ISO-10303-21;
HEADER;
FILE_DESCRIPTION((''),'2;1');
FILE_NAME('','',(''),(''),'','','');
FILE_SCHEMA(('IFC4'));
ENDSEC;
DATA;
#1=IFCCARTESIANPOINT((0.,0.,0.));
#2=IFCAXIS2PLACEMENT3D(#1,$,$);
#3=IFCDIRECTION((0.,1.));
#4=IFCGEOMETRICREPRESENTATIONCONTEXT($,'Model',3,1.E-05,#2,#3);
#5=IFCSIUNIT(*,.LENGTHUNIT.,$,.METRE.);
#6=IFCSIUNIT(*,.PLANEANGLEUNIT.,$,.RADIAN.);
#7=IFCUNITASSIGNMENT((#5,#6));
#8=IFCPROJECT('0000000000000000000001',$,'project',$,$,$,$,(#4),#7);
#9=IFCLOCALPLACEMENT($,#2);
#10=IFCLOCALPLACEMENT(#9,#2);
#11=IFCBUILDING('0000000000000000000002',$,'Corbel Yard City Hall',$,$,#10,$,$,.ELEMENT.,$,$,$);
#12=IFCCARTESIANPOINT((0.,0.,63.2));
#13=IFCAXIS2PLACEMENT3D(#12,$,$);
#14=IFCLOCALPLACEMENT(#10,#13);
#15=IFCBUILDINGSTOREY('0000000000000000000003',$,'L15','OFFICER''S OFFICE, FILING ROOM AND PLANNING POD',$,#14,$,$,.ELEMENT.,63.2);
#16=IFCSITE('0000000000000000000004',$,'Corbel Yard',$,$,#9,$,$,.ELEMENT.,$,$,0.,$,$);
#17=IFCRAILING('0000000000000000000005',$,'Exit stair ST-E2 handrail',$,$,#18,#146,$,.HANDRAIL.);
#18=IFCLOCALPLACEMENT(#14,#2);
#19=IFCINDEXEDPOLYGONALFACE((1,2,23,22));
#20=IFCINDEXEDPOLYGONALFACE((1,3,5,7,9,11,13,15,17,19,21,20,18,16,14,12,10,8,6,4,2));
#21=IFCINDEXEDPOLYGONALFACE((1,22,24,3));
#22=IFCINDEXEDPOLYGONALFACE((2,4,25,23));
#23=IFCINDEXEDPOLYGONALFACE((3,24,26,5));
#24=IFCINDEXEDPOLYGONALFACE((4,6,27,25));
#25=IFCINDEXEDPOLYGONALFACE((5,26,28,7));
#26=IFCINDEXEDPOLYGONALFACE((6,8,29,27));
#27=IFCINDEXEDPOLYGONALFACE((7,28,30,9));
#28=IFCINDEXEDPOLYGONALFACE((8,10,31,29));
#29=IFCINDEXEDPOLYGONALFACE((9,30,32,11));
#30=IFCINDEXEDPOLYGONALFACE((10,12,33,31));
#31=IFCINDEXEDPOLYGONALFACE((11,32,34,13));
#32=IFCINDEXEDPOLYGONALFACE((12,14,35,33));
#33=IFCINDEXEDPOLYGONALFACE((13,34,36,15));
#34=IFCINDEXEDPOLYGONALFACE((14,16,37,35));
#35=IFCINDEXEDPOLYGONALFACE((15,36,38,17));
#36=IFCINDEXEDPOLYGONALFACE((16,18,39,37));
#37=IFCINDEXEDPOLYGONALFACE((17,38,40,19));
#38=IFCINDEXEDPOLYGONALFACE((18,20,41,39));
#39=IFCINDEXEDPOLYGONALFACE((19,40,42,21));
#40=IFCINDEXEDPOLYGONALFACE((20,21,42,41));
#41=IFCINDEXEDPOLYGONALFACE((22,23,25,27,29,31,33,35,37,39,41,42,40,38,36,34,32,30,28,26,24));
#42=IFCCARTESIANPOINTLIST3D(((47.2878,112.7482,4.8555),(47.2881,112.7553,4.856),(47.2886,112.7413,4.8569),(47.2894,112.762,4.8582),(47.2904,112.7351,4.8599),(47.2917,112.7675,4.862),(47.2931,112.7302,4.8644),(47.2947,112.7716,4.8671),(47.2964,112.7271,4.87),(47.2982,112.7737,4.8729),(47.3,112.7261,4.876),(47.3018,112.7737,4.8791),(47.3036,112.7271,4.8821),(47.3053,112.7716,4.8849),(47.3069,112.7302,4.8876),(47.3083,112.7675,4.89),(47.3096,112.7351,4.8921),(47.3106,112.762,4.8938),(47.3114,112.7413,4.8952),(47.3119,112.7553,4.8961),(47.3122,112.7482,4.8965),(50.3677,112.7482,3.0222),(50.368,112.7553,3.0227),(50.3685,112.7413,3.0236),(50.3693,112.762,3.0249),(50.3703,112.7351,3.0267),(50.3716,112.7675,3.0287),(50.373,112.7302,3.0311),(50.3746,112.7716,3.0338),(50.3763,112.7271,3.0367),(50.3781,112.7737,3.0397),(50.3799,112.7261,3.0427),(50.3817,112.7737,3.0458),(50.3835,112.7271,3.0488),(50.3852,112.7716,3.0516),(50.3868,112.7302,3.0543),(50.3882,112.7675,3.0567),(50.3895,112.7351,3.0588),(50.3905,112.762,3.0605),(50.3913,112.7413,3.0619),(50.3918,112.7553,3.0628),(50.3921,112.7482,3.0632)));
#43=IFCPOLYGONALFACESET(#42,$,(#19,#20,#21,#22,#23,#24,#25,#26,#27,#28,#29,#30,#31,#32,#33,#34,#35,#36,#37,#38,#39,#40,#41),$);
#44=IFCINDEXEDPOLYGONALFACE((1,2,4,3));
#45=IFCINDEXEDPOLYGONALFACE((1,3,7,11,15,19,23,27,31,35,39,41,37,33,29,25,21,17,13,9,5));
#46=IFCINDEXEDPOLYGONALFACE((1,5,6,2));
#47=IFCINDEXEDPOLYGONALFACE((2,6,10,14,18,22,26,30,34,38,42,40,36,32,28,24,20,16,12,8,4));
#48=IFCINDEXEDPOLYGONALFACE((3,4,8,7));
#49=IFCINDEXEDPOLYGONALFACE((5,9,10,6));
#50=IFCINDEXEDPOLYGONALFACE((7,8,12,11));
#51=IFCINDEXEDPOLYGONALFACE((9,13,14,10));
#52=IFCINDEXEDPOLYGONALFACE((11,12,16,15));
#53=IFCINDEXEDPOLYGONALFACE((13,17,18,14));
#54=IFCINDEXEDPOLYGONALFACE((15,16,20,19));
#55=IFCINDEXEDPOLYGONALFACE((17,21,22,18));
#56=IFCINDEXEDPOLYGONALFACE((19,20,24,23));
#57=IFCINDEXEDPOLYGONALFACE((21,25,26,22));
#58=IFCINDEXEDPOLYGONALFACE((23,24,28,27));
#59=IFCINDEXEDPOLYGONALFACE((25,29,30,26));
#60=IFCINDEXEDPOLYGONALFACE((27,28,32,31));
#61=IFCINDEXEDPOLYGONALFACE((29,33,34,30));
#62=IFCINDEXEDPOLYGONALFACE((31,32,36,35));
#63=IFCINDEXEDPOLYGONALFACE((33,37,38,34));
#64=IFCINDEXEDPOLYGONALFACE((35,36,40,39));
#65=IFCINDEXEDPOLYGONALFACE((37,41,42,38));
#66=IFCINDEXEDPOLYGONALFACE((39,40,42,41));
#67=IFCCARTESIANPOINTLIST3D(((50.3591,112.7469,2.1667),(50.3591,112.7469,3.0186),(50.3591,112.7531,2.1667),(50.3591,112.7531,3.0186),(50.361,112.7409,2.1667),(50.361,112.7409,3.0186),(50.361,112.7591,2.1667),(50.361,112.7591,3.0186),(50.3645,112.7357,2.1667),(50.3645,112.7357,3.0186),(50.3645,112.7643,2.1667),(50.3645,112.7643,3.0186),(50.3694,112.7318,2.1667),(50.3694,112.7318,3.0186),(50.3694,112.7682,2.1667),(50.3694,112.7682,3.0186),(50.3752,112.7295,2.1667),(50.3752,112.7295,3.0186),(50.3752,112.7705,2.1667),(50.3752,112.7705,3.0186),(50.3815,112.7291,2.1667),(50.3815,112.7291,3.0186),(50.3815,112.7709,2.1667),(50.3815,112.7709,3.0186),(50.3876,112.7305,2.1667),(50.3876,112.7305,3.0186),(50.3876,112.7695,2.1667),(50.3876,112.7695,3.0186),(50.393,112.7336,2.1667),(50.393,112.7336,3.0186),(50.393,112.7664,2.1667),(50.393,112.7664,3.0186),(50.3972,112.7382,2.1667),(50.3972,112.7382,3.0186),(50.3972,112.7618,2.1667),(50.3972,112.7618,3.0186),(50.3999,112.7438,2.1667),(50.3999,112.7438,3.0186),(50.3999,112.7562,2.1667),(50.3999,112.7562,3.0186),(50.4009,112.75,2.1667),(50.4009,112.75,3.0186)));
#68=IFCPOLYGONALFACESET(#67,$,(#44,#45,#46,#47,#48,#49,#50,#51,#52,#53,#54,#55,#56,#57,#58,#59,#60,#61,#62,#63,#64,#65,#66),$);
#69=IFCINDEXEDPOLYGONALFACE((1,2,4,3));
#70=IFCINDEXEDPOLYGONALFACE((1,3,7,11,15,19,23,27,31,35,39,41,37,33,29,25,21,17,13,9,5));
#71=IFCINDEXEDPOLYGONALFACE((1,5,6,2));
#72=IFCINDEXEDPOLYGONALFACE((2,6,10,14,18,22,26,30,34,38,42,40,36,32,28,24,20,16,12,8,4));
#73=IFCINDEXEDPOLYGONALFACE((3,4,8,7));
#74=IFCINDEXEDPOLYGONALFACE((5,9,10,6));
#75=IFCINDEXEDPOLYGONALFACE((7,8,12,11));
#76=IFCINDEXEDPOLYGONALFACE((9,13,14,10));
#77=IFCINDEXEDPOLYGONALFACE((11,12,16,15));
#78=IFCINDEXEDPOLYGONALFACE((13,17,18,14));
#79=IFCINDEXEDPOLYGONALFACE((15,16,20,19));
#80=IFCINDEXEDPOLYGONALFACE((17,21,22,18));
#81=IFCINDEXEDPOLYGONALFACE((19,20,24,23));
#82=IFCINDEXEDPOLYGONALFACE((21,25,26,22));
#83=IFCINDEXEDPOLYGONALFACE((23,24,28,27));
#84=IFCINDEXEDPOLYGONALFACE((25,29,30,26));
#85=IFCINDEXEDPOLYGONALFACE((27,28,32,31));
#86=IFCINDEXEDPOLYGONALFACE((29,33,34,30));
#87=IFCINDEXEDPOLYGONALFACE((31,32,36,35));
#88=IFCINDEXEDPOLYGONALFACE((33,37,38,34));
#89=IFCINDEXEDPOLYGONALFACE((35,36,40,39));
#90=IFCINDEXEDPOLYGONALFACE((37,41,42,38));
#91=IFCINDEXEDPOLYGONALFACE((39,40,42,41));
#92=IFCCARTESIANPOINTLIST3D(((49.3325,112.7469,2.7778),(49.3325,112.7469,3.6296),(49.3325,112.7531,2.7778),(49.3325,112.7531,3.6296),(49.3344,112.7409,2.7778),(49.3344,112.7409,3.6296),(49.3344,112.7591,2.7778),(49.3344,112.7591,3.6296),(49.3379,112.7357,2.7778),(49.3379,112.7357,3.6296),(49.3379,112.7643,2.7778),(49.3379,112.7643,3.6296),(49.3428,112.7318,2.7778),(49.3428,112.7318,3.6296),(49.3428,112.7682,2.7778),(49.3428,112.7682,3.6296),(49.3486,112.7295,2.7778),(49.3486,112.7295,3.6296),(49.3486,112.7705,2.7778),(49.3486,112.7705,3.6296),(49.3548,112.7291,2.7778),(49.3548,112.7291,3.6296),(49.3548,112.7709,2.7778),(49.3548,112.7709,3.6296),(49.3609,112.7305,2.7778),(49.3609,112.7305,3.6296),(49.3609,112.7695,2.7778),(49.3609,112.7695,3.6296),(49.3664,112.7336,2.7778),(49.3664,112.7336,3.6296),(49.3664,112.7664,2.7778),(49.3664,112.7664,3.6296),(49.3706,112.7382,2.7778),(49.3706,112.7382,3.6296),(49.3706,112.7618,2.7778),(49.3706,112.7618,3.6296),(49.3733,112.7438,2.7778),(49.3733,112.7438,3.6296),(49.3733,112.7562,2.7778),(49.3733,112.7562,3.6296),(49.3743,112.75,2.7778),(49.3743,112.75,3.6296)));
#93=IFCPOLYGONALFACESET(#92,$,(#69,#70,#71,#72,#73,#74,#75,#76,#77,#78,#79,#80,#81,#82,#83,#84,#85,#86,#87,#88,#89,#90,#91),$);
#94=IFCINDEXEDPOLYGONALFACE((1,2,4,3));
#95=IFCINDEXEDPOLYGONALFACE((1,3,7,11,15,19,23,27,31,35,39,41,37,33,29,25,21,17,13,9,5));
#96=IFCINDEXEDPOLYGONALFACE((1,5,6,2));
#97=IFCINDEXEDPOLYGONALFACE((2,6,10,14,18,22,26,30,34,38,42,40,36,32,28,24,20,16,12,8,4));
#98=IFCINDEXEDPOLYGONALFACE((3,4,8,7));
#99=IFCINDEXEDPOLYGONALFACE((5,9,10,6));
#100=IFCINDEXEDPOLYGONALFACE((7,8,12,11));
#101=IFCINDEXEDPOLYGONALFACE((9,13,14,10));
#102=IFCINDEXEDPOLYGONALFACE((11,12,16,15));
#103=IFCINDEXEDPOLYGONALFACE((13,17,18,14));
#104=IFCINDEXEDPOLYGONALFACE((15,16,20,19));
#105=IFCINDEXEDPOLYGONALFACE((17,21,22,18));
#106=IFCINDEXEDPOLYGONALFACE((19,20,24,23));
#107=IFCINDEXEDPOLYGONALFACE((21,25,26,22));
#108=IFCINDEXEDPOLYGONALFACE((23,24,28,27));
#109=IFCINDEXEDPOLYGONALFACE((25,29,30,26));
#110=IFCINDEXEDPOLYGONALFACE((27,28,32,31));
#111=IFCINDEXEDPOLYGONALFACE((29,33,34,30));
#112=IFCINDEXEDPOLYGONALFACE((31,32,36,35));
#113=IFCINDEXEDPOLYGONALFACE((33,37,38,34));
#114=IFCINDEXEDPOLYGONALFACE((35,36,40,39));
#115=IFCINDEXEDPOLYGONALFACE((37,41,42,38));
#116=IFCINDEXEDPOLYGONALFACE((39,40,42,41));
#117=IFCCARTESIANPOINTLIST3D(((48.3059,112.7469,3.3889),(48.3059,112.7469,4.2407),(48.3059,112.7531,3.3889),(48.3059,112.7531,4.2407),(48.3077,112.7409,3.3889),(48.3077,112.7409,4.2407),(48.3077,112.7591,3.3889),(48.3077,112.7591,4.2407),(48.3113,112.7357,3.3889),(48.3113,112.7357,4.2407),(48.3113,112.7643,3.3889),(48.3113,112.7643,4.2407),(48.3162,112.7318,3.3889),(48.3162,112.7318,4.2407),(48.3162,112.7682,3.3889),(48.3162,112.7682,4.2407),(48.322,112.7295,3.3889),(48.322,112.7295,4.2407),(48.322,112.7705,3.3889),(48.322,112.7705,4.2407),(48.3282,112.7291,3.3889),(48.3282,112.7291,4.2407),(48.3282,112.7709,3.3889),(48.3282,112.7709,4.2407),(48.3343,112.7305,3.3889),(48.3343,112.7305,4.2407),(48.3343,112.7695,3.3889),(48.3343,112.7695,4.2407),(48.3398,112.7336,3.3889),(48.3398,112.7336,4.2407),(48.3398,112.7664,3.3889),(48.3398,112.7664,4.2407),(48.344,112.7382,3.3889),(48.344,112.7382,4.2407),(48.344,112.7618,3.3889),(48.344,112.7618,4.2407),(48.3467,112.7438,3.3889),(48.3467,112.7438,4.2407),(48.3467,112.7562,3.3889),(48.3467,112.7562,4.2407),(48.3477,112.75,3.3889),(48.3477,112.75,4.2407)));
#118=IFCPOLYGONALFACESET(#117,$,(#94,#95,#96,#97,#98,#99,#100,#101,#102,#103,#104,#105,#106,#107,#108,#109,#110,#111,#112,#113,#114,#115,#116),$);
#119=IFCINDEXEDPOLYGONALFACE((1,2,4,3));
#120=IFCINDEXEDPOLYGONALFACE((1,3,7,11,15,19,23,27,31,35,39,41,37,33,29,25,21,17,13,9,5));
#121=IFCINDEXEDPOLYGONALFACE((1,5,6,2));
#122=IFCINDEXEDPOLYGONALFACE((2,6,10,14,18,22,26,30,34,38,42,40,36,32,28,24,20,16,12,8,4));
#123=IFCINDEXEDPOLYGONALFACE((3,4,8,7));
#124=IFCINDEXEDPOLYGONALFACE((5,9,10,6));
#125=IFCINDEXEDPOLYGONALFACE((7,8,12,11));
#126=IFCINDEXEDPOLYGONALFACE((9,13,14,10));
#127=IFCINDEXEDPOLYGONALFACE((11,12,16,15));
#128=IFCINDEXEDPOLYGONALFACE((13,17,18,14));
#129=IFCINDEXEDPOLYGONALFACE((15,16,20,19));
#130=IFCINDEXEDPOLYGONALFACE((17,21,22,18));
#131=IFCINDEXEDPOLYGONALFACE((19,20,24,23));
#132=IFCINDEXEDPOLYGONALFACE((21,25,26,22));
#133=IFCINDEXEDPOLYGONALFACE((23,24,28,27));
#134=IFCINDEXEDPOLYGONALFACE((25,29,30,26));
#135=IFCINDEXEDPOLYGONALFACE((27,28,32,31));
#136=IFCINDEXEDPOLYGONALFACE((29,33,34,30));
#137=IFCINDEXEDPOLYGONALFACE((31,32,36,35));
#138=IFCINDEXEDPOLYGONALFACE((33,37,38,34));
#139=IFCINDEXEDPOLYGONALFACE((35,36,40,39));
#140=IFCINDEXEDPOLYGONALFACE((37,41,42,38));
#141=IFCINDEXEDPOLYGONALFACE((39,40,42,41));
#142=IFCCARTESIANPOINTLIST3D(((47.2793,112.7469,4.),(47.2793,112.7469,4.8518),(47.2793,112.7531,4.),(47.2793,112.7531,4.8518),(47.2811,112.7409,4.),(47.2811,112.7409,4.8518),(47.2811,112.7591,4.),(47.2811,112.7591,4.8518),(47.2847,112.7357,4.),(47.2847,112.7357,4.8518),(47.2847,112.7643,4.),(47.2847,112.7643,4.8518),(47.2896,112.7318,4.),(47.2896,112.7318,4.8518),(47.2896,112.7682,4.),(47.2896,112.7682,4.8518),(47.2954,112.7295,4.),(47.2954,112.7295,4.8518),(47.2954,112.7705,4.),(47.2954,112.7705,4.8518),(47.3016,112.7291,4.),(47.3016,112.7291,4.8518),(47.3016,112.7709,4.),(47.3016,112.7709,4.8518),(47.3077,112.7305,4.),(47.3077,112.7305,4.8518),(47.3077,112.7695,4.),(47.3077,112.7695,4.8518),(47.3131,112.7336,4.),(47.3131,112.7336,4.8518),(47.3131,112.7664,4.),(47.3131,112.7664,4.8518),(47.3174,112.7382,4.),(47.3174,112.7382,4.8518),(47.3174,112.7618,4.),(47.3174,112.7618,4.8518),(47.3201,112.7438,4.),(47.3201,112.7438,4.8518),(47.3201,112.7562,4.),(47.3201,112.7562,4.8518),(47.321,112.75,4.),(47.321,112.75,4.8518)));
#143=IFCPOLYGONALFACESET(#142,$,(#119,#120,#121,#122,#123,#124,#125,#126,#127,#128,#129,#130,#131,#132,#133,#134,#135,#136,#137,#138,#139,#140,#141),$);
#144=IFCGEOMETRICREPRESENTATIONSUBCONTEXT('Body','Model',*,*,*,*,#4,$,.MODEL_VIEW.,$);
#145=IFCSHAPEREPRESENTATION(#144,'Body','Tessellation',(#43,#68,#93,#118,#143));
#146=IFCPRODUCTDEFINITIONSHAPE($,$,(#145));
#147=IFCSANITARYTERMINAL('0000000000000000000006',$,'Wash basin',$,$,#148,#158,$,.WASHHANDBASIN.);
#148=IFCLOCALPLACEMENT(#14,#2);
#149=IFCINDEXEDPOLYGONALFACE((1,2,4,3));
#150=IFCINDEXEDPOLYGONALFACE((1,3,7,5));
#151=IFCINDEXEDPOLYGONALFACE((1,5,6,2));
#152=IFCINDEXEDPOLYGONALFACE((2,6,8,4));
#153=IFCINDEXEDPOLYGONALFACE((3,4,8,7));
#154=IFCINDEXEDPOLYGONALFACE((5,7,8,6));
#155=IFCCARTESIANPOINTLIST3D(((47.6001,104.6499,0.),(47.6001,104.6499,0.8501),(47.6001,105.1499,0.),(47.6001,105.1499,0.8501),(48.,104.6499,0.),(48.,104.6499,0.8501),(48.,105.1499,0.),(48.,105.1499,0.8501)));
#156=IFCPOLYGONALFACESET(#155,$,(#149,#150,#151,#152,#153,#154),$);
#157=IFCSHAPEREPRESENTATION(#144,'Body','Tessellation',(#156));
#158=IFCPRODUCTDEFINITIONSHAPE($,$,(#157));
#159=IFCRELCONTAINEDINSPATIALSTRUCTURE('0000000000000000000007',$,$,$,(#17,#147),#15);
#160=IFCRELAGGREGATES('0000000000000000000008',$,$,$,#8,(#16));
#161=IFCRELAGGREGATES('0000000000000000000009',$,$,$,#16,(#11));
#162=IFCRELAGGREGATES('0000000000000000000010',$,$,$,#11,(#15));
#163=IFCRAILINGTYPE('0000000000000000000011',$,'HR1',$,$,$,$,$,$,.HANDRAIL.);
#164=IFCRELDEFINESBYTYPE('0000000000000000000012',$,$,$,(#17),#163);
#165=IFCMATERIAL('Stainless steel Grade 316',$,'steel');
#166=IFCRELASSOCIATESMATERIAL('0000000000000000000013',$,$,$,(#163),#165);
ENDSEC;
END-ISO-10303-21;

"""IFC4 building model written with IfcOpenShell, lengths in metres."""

from ifc_helpers import new_model, si_unit, direction, frame, origin, origin_2d, place, context, subcontext, project, spatial, rectangle, circle, extrude, material, type_object, element, save


model = new_model("IFC4")

# Units and contexts
model_context = context("Model", 3, precision=1e-05, world=origin(), true_north=direction((0.0, 1.0)))
body_context = subcontext(model_context, "Body", "Model", "MODEL_VIEW")
ifc_project = project(units=[si_unit("LENGTHUNIT", "METRE"), si_unit("PLANEANGLEUNIT", "RADIAN")], contexts=[model_context])

# Site, building, storey
site_placement = place(None, origin())
site = spatial("IfcSite", under=ifc_project, at=site_placement, Name="Corbel Yard", CompositionType="ELEMENT", RefElevation=0.0)
building_placement = place(site_placement, origin())
building = spatial("IfcBuilding", under=site, at=building_placement, Name="Corbel Yard City Hall", CompositionType="ELEMENT")
storey_placement = place(building_placement, frame((0.0, 0.0, 63.2)))
storey = spatial("IfcBuildingStorey", under=building, at=storey_placement, Name="L15", Description="OFFICER'S OFFICE, FILING ROOM AND PLANNING POD", CompositionType="ELEMENT", Elevation=63.2)

# Shared definitions
ifc_material_1 = material(Name="Stainless steel Grade 316", Category="steel")

# Railing
railing_type = type_object("IfcRailingType", Name="HR1", PredefinedType="HANDRAIL", material=ifc_material_1)
for number, where, name in (
    (1, (50.3799, 112.75, 2.1667), "Exit stair ST-E2 handrail"),
):
    element("IfcRailing", number, at=place(storey_placement, frame(where)), inside=storey, type_object=railing_type, Name=name, PredefinedType="HANDRAIL", context=body_context, shape_type="SweptSolid", body=[
        extrude(circle(Radius=0.0239, at=origin_2d()), frame((0.0, 0.0, 0.876), z_axis=(-0.859291, 0.0, 0.511487), x_axis=(0.0, -1.0, 0.0)), (0.0, 0.0, 1.0), 3.5842),
        extrude(circle(Radius=0.021, at=origin_2d()), origin(), (0.0, 0.0, 1.0), 0.8518),
        extrude(circle(Radius=0.021, at=origin_2d()), frame((-1.0266, 0.0, 0.6111)), (0.0, 0.0, 1.0), 0.8518),
        extrude(circle(Radius=0.021, at=origin_2d()), frame((-2.0532, 0.0, 1.2222)), (0.0, 0.0, 1.0), 0.8518),
        extrude(circle(Radius=0.021, at=origin_2d()), frame((-3.0798, 0.0, 1.8333)), (0.0, 0.0, 1.0), 0.8518),
    ])

# Sanitary terminal
sanitary_terminal_placement = place(storey_placement, frame((47.8, 104.8999, 0.0), z_axis=(0.0, 0.0, 1.0), x_axis=(1.0, 0.0, 0.0)))
element("IfcSanitaryTerminal", 2, at=sanitary_terminal_placement, inside=storey, Name="Wash basin", PredefinedType="WASHHANDBASIN", context=body_context, shape_type="SweptSolid", body=[
    extrude(rectangle(XDim=0.3999, YDim=0.5, at=origin_2d()), origin(), (0.0, 0.0, 1.0), 0.8501),
])

save(model, "model.ifc")
